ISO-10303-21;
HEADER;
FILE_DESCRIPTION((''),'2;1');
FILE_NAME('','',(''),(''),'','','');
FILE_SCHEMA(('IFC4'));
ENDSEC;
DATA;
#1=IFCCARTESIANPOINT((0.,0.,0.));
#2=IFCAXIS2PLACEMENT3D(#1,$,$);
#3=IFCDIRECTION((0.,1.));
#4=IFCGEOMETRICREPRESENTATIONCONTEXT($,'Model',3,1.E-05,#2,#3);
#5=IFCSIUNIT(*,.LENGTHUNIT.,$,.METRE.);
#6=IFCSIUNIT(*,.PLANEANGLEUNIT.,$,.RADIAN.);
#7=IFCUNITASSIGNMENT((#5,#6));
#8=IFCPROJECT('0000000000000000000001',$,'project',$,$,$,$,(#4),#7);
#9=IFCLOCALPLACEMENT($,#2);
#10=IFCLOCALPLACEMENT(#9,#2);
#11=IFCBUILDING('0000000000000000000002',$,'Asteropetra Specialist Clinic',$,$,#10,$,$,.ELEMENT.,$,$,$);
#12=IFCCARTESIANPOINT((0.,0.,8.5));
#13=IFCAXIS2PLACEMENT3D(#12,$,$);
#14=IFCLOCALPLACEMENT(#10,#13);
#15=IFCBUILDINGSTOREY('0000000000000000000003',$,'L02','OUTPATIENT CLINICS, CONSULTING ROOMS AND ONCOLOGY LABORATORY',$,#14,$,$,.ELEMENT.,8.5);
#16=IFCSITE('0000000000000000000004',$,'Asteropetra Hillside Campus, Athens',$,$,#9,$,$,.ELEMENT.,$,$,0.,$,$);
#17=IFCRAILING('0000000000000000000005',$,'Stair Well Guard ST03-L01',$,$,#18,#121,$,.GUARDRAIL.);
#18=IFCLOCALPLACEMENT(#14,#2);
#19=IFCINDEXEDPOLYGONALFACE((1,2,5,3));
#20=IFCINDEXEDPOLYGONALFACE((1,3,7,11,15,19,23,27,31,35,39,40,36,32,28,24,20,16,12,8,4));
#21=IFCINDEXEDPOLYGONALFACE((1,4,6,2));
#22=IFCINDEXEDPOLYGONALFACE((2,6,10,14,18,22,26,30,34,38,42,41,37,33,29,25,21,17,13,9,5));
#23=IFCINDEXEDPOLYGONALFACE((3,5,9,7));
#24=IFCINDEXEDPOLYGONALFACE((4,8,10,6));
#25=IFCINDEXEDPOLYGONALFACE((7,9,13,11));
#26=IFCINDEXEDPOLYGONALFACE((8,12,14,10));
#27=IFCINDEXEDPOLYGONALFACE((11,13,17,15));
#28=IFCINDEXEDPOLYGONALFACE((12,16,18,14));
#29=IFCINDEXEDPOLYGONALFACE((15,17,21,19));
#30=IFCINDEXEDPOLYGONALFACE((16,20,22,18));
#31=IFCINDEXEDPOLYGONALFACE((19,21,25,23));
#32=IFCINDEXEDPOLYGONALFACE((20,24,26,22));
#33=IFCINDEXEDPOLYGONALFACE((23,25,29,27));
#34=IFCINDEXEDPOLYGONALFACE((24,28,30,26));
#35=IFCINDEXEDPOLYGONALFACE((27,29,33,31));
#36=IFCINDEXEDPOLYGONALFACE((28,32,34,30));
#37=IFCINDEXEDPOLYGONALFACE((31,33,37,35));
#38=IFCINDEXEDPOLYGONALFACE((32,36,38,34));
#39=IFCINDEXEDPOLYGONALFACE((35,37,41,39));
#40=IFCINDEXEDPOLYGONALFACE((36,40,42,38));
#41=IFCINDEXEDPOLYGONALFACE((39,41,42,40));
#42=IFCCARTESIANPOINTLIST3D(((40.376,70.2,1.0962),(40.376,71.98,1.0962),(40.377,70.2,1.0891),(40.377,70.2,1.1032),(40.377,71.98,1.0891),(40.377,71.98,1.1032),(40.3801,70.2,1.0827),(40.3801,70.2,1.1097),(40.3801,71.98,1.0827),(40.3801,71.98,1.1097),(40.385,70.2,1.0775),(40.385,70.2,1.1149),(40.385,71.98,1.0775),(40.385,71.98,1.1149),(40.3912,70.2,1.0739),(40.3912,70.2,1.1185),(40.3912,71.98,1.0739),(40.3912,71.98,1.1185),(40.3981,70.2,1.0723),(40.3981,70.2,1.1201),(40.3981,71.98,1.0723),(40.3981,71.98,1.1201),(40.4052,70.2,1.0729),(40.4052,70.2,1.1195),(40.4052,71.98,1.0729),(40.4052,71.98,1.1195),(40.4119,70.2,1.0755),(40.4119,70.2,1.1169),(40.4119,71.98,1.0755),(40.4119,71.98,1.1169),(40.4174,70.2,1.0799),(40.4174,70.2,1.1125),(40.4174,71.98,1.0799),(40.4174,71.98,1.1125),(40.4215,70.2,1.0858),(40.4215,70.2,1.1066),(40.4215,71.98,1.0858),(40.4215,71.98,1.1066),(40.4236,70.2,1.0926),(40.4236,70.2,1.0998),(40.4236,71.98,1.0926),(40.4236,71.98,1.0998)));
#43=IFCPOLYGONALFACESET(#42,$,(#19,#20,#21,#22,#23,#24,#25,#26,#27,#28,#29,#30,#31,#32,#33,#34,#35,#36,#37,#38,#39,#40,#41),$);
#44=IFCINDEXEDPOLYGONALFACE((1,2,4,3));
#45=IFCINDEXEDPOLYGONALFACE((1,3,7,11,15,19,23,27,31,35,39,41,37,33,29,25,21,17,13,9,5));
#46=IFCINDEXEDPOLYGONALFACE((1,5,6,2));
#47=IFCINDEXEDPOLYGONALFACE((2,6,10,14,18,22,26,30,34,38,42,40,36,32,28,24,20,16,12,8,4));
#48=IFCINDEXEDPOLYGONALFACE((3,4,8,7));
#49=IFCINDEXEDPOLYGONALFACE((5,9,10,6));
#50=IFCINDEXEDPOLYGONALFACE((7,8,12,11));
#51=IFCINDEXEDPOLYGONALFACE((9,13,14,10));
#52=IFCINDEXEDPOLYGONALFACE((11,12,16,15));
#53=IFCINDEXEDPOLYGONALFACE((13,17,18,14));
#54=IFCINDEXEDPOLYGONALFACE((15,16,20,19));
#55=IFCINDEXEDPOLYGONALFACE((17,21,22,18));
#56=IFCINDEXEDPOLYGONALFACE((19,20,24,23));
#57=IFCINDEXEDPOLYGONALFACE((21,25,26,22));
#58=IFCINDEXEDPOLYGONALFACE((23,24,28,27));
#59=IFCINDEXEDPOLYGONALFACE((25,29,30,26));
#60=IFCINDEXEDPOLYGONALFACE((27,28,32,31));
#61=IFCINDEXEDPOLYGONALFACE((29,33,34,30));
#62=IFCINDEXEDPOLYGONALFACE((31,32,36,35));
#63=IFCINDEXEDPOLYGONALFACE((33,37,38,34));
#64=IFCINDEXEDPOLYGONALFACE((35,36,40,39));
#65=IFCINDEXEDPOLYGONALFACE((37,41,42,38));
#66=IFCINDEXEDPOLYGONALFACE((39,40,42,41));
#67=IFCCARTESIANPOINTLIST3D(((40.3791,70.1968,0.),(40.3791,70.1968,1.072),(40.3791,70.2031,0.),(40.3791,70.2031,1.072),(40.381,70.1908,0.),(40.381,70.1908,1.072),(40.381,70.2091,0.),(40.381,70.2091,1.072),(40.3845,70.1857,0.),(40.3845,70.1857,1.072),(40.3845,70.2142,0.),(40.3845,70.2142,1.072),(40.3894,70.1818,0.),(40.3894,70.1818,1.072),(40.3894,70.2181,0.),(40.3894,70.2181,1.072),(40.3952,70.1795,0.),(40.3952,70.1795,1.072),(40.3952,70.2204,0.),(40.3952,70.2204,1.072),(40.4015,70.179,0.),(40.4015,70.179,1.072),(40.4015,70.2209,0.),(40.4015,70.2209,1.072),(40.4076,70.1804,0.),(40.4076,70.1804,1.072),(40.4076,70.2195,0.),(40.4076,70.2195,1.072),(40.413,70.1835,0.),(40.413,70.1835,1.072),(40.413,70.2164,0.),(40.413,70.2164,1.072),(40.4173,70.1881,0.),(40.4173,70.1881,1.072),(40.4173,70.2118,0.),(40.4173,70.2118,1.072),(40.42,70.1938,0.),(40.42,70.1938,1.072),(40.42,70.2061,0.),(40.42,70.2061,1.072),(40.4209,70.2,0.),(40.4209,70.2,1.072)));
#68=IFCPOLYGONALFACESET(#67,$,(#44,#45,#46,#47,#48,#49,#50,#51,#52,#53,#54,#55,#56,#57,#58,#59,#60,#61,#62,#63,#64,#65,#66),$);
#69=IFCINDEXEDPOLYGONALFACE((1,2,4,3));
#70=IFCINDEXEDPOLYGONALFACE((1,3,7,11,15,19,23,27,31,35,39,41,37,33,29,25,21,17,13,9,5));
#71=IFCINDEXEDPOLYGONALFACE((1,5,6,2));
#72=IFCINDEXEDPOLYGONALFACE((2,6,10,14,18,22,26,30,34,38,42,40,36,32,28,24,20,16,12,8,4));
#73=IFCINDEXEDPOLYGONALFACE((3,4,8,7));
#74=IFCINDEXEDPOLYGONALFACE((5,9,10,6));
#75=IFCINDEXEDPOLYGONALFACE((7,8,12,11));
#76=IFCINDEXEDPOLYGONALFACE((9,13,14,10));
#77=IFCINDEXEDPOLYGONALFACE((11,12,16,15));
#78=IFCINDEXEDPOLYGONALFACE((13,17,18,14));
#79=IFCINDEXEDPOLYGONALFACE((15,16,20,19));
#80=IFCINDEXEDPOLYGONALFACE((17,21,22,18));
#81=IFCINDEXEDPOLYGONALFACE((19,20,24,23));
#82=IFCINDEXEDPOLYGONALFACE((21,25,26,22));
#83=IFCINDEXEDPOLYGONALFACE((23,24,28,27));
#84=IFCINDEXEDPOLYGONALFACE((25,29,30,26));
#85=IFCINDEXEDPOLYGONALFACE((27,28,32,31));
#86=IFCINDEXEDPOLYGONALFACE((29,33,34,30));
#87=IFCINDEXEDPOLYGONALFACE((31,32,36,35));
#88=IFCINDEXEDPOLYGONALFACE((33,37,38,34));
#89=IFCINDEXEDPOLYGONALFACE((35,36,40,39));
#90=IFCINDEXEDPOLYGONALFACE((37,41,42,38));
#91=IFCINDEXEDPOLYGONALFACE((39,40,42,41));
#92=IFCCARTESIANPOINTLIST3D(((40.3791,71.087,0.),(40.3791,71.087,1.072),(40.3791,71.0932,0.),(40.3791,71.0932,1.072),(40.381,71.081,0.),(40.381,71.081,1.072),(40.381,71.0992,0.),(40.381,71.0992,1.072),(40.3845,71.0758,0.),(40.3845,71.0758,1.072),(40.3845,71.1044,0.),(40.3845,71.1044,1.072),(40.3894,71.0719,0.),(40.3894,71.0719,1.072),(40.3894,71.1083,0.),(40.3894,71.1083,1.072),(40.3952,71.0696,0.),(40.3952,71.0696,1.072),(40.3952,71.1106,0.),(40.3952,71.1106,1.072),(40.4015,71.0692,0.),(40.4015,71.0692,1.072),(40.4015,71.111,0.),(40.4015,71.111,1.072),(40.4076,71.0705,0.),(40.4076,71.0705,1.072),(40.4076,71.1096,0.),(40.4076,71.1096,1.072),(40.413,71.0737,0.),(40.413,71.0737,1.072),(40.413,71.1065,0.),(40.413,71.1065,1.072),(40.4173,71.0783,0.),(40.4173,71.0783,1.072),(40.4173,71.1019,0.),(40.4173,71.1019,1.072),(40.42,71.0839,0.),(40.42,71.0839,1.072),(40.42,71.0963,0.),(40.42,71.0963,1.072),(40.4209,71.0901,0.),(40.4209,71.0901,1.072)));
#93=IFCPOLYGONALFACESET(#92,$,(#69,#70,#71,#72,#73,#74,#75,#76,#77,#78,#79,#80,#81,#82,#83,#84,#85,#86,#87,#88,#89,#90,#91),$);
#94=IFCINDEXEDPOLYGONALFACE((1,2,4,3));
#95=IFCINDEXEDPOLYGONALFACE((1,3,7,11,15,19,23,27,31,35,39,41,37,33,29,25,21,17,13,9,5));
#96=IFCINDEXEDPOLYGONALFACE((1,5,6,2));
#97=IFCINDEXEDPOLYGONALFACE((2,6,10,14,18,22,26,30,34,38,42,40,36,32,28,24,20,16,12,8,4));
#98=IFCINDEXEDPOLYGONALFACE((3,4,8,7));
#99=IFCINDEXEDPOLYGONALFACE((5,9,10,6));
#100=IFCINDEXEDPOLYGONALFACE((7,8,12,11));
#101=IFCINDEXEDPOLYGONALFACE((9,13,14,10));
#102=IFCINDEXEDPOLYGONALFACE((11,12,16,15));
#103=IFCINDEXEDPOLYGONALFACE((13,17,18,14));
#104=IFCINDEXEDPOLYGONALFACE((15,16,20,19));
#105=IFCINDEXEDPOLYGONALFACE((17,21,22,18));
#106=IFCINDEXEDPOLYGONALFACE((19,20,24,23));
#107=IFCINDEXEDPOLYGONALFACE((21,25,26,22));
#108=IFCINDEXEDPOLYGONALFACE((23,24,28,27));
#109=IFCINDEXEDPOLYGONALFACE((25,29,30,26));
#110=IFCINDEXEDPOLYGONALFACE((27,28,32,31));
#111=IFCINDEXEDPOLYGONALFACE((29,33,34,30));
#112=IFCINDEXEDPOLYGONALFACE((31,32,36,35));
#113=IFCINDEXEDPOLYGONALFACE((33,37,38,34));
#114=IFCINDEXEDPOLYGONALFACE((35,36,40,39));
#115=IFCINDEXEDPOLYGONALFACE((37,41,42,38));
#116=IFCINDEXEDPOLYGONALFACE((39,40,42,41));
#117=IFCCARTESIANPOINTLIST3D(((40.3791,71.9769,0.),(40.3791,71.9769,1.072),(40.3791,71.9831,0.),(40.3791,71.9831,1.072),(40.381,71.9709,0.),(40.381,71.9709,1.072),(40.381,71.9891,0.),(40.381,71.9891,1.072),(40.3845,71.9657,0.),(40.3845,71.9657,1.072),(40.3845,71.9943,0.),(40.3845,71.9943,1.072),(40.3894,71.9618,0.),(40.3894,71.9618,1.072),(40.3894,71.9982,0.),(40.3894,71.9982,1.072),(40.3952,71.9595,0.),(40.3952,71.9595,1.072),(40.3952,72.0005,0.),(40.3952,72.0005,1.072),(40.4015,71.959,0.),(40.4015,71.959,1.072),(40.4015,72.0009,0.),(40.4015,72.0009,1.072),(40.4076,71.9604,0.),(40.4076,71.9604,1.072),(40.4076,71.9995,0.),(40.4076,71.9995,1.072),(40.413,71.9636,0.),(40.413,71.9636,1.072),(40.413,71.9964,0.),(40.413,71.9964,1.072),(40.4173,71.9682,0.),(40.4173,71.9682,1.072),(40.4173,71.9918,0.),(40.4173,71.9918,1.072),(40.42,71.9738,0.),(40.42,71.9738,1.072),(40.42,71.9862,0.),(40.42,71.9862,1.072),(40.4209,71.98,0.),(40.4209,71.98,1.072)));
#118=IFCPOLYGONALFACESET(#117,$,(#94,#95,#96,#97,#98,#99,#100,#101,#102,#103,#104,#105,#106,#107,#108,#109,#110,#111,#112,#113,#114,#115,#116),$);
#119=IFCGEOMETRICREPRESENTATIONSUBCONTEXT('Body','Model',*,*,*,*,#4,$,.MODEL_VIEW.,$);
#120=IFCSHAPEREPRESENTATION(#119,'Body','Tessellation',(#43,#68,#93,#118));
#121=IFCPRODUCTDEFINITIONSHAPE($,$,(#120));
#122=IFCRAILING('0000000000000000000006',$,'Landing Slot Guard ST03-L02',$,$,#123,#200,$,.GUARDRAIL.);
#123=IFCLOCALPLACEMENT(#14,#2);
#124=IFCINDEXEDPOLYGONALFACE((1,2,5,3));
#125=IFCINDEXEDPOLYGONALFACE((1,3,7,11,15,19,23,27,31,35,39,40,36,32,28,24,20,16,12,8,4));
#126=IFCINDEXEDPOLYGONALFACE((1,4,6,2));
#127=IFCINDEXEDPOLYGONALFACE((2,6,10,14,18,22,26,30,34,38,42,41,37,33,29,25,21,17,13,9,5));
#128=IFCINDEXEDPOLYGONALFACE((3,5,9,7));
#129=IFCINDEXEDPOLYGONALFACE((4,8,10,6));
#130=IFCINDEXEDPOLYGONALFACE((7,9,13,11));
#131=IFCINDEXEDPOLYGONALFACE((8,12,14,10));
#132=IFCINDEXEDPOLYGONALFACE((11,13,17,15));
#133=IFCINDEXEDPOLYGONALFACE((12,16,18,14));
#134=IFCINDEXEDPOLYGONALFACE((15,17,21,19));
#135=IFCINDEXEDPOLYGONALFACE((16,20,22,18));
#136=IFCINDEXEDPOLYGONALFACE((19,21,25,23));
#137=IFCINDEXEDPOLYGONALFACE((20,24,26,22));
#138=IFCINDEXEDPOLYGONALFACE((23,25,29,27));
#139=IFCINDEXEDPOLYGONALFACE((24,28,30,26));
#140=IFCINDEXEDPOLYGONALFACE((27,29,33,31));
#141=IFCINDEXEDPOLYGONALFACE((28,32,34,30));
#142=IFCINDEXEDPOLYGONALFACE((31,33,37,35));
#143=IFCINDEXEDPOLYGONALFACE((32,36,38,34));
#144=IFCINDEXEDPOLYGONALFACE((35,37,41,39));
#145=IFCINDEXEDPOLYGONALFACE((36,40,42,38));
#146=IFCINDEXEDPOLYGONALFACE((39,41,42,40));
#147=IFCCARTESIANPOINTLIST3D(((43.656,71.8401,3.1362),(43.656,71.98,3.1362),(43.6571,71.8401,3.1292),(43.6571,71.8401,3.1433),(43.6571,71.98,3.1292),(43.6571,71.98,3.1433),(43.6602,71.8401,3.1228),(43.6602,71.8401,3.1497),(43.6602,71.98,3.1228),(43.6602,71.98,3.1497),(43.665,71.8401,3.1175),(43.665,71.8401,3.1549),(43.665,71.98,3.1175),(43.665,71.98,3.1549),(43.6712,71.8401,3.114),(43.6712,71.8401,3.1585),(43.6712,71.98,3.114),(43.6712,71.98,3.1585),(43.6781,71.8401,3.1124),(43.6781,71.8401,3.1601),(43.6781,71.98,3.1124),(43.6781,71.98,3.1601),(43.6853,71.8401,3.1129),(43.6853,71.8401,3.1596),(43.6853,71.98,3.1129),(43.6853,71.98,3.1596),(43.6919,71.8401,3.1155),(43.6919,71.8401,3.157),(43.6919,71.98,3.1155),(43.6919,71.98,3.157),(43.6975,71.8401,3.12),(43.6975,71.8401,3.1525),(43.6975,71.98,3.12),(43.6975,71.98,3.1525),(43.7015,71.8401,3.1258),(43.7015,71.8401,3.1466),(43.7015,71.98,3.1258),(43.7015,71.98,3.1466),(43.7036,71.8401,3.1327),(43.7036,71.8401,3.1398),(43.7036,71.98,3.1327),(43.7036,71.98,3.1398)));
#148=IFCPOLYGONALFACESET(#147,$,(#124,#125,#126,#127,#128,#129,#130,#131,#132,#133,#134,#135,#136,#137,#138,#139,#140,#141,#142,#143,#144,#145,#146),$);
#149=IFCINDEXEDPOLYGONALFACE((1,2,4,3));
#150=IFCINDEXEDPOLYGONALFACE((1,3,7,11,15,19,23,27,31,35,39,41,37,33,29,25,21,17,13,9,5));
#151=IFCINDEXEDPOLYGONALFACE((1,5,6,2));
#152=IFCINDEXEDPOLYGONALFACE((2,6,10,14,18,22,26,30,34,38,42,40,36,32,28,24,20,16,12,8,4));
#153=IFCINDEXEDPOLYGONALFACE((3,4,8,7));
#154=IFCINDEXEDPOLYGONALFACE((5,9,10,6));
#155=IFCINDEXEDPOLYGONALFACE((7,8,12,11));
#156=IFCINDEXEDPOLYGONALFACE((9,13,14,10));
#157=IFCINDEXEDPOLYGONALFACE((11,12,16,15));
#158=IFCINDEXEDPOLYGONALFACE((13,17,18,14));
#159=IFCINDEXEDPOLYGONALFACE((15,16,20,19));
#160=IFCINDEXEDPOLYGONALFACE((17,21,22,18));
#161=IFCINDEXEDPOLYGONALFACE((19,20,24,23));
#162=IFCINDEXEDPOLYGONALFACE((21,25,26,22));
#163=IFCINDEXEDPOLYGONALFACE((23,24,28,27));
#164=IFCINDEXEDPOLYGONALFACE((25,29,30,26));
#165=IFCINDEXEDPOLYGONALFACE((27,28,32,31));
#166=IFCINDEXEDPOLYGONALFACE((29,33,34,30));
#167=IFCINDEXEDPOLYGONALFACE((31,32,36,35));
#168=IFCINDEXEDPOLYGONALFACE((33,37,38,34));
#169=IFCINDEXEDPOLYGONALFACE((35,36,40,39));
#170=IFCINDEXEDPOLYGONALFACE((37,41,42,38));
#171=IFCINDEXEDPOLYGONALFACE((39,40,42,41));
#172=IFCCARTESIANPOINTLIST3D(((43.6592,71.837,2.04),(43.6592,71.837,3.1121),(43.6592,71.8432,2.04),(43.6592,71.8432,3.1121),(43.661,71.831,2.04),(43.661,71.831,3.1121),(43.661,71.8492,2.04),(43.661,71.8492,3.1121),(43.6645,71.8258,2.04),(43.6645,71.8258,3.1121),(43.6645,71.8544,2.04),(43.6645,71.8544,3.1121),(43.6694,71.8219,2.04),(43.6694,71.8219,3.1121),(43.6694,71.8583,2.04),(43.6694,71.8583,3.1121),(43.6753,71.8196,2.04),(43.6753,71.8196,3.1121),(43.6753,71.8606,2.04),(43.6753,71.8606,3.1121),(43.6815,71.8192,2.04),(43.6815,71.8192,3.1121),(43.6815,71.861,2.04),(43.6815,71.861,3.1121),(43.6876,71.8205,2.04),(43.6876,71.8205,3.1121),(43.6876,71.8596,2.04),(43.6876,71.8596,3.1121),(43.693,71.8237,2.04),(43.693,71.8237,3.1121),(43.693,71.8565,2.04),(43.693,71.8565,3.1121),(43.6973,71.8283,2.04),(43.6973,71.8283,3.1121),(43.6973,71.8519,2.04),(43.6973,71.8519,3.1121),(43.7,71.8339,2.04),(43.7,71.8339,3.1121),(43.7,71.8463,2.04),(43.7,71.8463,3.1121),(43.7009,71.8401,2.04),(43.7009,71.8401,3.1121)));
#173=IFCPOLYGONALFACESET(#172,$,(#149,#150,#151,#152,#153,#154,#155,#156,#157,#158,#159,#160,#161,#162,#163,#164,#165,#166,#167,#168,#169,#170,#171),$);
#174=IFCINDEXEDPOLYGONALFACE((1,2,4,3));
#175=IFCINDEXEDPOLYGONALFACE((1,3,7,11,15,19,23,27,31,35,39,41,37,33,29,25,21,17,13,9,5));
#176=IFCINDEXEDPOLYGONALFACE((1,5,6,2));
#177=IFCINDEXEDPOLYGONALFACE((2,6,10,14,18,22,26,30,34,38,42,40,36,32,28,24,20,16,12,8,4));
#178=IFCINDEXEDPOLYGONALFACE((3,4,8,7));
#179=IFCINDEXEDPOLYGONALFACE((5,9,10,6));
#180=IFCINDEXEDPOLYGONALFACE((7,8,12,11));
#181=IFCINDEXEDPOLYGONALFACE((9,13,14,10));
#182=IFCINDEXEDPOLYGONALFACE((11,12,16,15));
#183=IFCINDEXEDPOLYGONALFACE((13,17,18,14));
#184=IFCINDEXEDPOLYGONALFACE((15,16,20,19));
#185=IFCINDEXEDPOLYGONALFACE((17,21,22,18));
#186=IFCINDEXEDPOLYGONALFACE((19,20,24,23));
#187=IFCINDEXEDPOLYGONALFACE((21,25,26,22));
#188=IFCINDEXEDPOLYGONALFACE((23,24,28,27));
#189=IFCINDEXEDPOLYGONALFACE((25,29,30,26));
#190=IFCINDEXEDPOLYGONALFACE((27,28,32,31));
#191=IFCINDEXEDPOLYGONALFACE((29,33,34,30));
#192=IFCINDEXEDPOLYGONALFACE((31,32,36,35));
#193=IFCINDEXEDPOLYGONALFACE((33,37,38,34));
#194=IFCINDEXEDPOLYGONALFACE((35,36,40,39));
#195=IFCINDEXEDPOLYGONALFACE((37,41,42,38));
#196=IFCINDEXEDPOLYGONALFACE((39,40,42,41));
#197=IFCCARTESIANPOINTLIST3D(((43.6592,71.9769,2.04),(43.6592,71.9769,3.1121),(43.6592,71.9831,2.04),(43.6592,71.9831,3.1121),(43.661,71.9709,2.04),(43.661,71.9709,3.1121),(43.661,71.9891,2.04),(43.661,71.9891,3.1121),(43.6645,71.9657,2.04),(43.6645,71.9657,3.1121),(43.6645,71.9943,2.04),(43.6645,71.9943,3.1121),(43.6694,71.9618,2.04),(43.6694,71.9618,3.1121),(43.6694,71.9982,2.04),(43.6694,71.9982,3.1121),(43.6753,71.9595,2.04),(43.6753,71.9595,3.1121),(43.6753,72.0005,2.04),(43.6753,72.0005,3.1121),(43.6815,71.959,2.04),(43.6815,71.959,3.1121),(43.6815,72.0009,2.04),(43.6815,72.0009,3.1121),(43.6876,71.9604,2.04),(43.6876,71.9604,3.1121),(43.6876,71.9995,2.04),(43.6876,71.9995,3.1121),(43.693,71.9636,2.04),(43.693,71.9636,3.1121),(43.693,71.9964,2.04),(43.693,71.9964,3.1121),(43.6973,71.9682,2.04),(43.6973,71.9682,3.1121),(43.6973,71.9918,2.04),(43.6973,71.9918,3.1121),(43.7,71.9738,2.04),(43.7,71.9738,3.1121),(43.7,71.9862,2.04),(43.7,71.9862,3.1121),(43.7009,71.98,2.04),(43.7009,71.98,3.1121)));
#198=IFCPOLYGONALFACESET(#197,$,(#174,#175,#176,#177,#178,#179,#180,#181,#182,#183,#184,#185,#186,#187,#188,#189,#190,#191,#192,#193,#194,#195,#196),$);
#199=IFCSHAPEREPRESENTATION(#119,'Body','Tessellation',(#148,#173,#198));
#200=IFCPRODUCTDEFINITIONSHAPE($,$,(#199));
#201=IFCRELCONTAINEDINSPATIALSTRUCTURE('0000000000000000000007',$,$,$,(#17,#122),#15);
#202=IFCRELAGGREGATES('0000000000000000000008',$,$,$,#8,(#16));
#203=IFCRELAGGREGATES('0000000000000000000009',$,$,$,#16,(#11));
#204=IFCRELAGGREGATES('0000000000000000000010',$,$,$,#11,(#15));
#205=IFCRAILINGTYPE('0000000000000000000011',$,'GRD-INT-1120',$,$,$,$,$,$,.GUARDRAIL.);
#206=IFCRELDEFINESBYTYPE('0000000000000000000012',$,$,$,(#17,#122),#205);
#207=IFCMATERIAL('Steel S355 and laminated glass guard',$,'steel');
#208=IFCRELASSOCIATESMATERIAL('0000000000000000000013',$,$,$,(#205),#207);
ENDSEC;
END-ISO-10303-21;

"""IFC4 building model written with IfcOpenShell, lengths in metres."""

from ifc_helpers import new_model, si_unit, direction, frame, origin, origin_2d, place, context, subcontext, project, spatial, circle, extrude, material, type_object, element, save


model = new_model("IFC4")

# Units and contexts
model_context = context("Model", 3, precision=1e-05, world=origin(), true_north=direction((0.0, 1.0)))
body_context = subcontext(model_context, "Body", "Model", "MODEL_VIEW")
ifc_project = project(units=[si_unit("LENGTHUNIT", "METRE"), si_unit("PLANEANGLEUNIT", "RADIAN")], contexts=[model_context])

# Site, building, storey
site_placement = place(None, origin())
site = spatial("IfcSite", under=ifc_project, at=site_placement, Name="Asteropetra Hillside Campus, Athens", CompositionType="ELEMENT", RefElevation=0.0)
building_placement = place(site_placement, origin())
building = spatial("IfcBuilding", under=site, at=building_placement, Name="Asteropetra Specialist Clinic", CompositionType="ELEMENT")
storey_placement = place(building_placement, frame((0.0, 0.0, 8.5)))
storey = spatial("IfcBuildingStorey", under=building, at=storey_placement, Name="L02", Description="OUTPATIENT CLINICS, CONSULTING ROOMS AND ONCOLOGY LABORATORY", CompositionType="ELEMENT", Elevation=8.5)

# Railings
ifc_material_1 = material(Name="Steel S355 and laminated glass guard", Category="steel")
railing_type_1 = type_object("IfcRailingType", Name="GRD-INT-1120", PredefinedType="GUARDRAIL", material=ifc_material_1)
railing_1_placement = place(storey_placement, frame((40.3999, 70.2, 0.0)))
element("IfcRailing", 1, at=railing_1_placement, inside=storey, type_object=railing_type_1, Name="Stair Well Guard ST03-L01", PredefinedType="GUARDRAIL", context=body_context, shape_type="SweptSolid", body=[
    extrude(circle(Radius=0.0239, at=origin_2d()), frame((0.0, 0.0, 1.0962), z_axis=(0.0, 1.0, 0.0), x_axis=(-1.0, 0.0, 0.0)), (0.0, 0.0, 1.0), 1.78),
    extrude(circle(Radius=0.021, at=origin_2d()), origin(), (0.0, 0.0, 1.0), 1.072),
    extrude(circle(Radius=0.021, at=origin_2d()), frame((0.0, 0.8901, 0.0)), (0.0, 0.0, 1.0), 1.072),
    extrude(circle(Radius=0.021, at=origin_2d()), frame((0.0, 1.78, 0.0)), (0.0, 0.0, 1.0), 1.072),
])
railing_2_placement = place(storey_placement, frame((43.6799, 71.8401, 2.04)))
element("IfcRailing", 2, at=railing_2_placement, inside=storey, type_object=railing_type_1, Name="Landing Slot Guard ST03-L02", PredefinedType="GUARDRAIL", context=body_context, shape_type="SweptSolid", body=[
    extrude(circle(Radius=0.0239, at=origin_2d()), frame((0.0, 0.0, 1.0962), z_axis=(0.0, 1.0, 0.0), x_axis=(-1.0, 0.0, 0.0)), (0.0, 0.0, 1.0), 0.1399),
    extrude(circle(Radius=0.021, at=origin_2d()), origin(), (0.0, 0.0, 1.0), 1.072),
    extrude(circle(Radius=0.021, at=origin_2d()), frame((0.0, 0.1399, 0.0)), (0.0, 0.0, 1.0), 1.072),
])

save(model, "model.ifc")
